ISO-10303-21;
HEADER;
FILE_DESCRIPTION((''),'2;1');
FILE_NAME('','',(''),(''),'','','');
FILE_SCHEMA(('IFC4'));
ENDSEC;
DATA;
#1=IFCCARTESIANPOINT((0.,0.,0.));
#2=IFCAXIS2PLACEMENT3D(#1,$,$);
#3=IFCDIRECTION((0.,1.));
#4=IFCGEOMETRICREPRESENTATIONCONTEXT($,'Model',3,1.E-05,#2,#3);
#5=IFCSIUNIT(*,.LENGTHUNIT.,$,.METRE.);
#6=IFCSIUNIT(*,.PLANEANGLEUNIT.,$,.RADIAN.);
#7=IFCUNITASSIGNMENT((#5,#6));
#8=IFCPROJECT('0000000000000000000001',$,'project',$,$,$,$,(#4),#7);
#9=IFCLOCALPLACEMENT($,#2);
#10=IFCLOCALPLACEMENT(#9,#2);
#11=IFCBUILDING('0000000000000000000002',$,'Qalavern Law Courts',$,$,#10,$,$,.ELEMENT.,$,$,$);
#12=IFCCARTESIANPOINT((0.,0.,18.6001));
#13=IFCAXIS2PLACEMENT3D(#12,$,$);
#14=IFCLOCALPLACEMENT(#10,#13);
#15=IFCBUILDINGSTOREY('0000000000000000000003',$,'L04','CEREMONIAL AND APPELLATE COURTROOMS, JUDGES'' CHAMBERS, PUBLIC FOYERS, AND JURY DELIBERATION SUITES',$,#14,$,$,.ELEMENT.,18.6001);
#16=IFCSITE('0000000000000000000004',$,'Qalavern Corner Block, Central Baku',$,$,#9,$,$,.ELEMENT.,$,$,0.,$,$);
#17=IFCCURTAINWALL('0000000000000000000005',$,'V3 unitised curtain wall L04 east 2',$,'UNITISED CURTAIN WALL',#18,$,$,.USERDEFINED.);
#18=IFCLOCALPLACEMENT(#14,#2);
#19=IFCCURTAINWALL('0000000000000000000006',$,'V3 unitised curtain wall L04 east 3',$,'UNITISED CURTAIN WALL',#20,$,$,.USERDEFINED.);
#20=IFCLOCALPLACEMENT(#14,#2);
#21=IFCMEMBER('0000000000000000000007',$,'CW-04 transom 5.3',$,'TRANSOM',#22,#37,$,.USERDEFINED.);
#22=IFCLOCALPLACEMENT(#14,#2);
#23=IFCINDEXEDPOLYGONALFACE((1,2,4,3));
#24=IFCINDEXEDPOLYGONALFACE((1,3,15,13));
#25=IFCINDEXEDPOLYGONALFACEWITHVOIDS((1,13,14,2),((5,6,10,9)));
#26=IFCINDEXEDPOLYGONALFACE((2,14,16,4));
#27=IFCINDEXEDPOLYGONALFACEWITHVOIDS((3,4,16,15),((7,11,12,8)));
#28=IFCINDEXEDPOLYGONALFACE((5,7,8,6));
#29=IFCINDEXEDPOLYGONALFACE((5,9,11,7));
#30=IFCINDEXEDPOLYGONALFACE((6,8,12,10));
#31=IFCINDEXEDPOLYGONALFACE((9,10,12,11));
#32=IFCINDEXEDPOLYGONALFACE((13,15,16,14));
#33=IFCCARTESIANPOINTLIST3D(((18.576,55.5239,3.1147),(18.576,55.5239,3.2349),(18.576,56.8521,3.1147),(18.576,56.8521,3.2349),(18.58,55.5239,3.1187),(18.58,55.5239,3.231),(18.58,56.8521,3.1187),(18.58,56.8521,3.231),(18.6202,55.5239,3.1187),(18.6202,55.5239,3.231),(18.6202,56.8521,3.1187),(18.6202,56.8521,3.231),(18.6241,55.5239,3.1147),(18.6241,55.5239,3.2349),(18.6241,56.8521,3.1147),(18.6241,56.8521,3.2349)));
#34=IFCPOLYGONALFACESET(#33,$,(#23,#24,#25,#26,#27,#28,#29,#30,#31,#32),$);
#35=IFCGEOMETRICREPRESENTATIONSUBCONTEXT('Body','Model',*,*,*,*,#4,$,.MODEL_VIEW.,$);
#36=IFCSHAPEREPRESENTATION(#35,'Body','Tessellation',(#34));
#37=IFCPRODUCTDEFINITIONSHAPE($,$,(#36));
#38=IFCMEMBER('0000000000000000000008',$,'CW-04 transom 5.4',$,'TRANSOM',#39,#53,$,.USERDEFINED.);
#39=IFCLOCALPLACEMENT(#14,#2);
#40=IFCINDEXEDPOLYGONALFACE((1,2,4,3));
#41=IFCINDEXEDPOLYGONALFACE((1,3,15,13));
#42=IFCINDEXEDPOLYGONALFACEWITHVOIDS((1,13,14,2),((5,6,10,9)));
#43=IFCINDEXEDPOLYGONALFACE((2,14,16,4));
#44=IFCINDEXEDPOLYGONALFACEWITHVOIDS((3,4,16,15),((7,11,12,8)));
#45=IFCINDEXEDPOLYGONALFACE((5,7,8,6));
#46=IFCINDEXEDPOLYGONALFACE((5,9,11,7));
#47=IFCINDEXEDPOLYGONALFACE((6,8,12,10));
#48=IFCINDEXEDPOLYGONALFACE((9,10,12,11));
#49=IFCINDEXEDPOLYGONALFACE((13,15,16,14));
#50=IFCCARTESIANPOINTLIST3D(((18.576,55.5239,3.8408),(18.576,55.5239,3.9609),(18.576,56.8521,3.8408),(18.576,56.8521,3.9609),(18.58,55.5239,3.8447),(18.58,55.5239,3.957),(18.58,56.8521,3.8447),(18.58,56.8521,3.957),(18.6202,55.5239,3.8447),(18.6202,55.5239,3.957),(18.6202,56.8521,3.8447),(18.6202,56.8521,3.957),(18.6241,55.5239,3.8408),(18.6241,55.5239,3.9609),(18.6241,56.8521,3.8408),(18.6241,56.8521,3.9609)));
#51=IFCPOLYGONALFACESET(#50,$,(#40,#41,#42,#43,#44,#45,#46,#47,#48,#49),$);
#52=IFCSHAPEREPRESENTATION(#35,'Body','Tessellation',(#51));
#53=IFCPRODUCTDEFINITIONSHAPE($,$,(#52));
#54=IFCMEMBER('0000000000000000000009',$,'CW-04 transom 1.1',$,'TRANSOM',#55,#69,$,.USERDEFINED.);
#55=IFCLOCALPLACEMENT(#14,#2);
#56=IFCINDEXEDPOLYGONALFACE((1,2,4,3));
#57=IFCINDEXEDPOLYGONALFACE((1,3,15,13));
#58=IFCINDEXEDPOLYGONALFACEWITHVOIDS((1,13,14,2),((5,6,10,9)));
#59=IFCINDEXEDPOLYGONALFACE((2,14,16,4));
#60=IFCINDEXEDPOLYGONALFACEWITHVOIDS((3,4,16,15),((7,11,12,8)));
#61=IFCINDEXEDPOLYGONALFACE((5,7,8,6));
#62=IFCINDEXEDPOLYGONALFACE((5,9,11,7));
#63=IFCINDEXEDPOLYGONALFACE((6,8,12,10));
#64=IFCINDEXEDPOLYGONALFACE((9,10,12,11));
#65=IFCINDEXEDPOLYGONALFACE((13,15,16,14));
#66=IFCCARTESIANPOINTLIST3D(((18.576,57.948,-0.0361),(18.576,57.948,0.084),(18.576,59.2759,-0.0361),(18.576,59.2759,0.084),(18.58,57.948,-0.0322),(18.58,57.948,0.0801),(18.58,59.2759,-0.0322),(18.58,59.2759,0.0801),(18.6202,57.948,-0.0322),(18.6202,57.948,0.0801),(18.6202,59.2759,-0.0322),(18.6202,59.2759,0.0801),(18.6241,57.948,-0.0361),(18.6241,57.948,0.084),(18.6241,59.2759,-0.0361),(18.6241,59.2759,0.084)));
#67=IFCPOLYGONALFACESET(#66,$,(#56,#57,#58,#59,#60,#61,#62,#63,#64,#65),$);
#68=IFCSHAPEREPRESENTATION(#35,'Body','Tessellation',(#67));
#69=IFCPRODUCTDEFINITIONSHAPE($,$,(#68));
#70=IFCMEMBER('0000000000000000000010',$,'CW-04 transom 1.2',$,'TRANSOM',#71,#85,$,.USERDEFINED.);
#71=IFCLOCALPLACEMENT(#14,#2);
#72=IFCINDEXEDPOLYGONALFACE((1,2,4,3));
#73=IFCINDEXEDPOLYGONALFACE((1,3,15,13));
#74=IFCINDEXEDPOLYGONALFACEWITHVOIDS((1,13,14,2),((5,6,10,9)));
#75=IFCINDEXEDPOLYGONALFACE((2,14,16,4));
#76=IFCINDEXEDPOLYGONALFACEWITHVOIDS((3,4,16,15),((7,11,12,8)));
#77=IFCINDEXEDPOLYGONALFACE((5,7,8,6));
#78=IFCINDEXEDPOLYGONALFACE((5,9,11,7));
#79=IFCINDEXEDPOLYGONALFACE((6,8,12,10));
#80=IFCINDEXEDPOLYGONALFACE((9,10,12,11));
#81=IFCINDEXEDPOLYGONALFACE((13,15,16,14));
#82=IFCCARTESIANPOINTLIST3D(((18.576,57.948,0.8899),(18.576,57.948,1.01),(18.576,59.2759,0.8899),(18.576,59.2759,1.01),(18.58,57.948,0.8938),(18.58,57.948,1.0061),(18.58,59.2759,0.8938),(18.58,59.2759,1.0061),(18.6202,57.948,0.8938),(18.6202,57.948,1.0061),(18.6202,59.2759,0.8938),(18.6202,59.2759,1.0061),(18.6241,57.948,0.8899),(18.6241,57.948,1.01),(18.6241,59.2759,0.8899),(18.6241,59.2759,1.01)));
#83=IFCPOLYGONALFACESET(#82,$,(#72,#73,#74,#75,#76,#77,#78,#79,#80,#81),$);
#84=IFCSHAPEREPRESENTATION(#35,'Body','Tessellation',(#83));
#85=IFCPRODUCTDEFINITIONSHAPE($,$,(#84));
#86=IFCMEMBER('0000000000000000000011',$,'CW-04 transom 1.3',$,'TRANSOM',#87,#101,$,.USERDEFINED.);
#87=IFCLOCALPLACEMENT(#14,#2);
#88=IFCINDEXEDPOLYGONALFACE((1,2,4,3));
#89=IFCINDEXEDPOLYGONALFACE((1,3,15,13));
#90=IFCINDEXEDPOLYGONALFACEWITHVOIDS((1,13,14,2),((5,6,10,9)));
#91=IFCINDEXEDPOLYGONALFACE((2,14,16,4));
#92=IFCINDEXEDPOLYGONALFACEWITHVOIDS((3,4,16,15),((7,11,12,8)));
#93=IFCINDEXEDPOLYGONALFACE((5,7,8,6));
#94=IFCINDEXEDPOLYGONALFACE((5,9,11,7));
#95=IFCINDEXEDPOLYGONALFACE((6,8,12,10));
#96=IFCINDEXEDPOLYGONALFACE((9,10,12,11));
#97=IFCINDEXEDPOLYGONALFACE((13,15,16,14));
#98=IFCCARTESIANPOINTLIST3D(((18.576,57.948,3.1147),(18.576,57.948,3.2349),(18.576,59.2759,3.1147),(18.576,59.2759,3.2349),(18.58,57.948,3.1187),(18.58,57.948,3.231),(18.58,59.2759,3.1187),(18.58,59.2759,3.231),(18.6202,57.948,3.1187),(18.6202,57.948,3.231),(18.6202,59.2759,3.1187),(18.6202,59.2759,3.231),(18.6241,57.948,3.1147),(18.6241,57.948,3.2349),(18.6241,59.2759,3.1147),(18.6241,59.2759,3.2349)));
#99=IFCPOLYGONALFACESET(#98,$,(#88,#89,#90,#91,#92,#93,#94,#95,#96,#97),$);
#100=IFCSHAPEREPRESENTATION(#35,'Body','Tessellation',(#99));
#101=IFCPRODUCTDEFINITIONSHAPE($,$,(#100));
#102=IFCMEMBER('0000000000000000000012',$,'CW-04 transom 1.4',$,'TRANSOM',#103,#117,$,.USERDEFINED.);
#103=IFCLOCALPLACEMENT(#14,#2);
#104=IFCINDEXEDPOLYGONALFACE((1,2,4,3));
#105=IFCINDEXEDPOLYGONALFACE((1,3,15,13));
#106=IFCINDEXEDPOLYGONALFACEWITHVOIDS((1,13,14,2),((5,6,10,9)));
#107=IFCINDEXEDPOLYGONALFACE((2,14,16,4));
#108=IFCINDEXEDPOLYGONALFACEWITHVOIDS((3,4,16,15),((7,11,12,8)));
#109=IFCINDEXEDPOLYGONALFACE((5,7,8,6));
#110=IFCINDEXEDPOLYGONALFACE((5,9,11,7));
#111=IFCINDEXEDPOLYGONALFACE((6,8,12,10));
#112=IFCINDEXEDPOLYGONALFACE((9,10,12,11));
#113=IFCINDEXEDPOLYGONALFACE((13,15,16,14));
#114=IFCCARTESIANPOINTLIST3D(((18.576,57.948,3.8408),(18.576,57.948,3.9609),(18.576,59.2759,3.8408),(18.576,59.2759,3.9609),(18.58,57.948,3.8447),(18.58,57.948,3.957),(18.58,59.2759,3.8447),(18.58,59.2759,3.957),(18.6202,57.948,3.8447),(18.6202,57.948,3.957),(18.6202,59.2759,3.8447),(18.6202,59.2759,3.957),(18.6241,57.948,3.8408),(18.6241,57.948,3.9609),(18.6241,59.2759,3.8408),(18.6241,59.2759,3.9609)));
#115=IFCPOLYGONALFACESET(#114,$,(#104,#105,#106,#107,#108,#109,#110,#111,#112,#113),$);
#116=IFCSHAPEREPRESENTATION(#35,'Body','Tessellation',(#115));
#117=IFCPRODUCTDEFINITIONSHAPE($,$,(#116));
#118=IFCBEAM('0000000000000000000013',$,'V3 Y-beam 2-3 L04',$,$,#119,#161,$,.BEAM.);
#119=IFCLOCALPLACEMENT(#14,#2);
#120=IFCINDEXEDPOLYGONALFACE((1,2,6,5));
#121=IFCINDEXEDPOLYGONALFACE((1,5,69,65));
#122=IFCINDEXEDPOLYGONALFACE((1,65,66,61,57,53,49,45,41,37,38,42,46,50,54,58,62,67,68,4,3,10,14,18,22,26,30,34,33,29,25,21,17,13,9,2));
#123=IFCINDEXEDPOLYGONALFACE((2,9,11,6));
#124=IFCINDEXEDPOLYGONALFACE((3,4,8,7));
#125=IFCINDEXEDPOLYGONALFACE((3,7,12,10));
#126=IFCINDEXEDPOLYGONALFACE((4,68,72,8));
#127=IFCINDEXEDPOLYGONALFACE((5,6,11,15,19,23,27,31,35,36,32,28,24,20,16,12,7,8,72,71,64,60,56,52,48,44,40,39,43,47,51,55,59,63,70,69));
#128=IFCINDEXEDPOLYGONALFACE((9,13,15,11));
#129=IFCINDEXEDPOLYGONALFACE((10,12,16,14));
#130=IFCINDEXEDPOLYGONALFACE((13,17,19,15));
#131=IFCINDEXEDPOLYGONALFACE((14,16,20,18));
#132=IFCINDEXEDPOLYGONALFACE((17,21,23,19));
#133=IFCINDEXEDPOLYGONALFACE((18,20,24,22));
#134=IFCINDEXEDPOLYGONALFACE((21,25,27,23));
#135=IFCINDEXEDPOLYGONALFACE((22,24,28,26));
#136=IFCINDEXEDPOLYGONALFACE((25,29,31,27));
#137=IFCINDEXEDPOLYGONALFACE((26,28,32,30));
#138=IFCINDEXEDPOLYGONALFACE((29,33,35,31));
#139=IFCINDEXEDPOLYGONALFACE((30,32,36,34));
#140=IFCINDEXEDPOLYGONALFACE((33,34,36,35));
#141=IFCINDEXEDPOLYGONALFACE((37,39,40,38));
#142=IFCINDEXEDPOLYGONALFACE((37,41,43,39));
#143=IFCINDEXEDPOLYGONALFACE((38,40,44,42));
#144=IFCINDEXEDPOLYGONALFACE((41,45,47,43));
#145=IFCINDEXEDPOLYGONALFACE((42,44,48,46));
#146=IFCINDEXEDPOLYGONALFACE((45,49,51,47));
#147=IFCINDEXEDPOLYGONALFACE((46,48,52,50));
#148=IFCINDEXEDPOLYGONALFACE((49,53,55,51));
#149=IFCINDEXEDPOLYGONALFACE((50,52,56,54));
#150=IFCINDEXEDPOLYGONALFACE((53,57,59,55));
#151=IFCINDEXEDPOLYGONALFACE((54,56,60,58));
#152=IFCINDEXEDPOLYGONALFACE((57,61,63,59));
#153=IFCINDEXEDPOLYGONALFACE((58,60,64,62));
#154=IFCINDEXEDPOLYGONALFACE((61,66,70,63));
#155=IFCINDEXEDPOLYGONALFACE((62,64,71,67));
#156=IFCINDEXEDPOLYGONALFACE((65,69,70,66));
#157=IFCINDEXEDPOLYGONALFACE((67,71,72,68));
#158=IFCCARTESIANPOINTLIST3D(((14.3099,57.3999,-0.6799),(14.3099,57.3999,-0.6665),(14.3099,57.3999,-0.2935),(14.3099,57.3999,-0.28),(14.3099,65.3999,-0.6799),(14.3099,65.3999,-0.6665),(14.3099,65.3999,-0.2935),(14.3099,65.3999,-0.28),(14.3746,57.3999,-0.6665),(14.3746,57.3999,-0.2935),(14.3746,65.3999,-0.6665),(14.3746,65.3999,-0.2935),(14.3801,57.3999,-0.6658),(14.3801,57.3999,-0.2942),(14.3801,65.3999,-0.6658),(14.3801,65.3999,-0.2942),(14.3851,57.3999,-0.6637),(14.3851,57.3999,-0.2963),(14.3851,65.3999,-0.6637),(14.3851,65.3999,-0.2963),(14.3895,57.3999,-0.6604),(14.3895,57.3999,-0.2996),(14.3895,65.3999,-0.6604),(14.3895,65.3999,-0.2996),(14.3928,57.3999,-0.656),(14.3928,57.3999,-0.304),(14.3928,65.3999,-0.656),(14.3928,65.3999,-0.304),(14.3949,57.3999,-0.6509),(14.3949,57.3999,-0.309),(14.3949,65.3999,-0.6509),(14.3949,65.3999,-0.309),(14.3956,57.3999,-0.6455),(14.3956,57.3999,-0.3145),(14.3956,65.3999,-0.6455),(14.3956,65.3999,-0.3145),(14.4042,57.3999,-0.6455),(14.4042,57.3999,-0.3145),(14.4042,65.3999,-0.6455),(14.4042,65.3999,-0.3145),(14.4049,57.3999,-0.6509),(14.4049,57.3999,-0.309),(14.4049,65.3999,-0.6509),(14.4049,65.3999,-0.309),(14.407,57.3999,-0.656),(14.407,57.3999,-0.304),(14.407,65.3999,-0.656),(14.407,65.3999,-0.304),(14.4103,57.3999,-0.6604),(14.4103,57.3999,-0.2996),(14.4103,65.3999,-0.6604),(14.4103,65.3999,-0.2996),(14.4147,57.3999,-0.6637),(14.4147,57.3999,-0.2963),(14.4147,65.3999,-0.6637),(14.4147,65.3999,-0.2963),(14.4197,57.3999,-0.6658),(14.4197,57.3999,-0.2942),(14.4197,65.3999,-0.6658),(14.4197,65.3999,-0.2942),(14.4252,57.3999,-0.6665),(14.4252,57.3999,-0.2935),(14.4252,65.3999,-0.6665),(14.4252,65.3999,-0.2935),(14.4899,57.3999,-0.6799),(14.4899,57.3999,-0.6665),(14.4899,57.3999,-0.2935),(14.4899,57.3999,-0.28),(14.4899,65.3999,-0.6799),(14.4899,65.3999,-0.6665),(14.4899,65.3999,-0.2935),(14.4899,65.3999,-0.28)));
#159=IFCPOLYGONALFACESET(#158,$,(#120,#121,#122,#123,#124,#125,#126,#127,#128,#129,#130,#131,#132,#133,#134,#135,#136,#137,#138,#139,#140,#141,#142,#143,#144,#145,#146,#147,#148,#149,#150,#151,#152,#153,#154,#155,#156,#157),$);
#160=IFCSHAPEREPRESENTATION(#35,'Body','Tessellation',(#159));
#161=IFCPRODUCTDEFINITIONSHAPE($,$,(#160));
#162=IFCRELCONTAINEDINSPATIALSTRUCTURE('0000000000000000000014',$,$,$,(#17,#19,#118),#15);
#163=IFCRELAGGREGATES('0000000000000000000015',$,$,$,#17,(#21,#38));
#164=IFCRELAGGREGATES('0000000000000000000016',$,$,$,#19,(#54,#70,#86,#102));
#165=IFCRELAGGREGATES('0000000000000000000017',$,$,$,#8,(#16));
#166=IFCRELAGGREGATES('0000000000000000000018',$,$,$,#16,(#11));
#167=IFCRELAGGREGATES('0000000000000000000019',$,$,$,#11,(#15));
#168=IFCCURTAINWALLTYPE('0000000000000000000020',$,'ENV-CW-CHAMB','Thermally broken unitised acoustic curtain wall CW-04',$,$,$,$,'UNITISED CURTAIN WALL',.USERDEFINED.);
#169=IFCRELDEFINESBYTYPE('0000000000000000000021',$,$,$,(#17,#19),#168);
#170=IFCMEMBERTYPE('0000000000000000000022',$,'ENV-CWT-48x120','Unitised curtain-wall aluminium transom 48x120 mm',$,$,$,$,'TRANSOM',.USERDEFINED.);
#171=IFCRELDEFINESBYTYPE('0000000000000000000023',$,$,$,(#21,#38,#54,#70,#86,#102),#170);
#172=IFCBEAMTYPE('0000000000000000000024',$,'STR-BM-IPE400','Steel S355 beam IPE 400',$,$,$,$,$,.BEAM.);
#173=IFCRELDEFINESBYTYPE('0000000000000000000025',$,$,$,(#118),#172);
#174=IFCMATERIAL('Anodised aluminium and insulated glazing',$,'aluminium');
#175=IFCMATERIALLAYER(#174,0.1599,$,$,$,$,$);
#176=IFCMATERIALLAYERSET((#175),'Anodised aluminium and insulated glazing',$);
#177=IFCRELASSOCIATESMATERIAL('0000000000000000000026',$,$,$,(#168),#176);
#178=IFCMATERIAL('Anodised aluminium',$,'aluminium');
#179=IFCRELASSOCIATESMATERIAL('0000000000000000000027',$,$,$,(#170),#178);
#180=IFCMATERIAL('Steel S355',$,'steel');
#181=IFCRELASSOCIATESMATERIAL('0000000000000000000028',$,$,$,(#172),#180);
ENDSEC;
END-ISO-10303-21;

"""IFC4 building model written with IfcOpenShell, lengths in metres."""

from ifc_helpers import new_model, si_unit, direction, frame, origin, origin_2d, place, context, subcontext, project, spatial, hollow_rectangle, i_section, extrude, material, layer, layer_set, material_profile, profile_set, type_object, element, aggregate, save


model = new_model("IFC4")

# Units and contexts
model_context = context("Model", 3, precision=1e-05, world=origin(), true_north=direction((0.0, 1.0)))
body_context = subcontext(model_context, "Body", "Model", "MODEL_VIEW")
ifc_project = project(units=[si_unit("LENGTHUNIT", "METRE"), si_unit("PLANEANGLEUNIT", "RADIAN")], contexts=[model_context])

# Site, building, storey
site_placement = place(None, origin())
site = spatial("IfcSite", under=ifc_project, at=site_placement, Name="Qalavern Corner Block, Central Baku", CompositionType="ELEMENT", RefElevation=0.0)
building_placement = place(site_placement, origin())
building = spatial("IfcBuilding", under=site, at=building_placement, Name="Qalavern Law Courts", CompositionType="ELEMENT")
storey_placement = place(building_placement, frame((0.0, 0.0, 18.6001)))
storey = spatial("IfcBuildingStorey", under=building, at=storey_placement, Name="L04", Description="CEREMONIAL AND APPELLATE COURTROOMS, JUDGES' CHAMBERS, PUBLIC FOYERS, AND JURY DELIBERATION SUITES", CompositionType="ELEMENT", Elevation=18.6001)

# Curtain wall
ifc_material_1 = material(Name="Anodised aluminium and insulated glazing", Category="aluminium")
ifc_layer_1 = layer(ifc_material_1, 0.1599)
ifc_layer_set_1 = layer_set([ifc_layer_1], Name="Anodised aluminium and insulated glazing")
curtain_wall_type = type_object("IfcCurtainWallType", Name="ENV-CW-CHAMB", Description="Thermally broken unitised acoustic curtain wall CW-04", ElementType="UNITISED CURTAIN WALL", PredefinedType="USERDEFINED", material=ifc_layer_set_1)
curtain_wall_1_placement = place(storey_placement, origin())
curtain_wall_1 = element("IfcCurtainWall", 1, at=curtain_wall_1_placement, inside=storey, type_object=curtain_wall_type, Name="V3 unitised curtain wall L04 east 2", ObjectType="UNITISED CURTAIN WALL", PredefinedType="USERDEFINED")
ifc_material_2 = material(Name="Anodised aluminium", Category="aluminium")

# Curtain wall
curtain_wall_2_placement = place(storey_placement, origin())
curtain_wall_2 = element("IfcCurtainWall", 2, at=curtain_wall_2_placement, inside=storey, type_object=curtain_wall_type, Name="V3 unitised curtain wall L04 east 3", ObjectType="UNITISED CURTAIN WALL", PredefinedType="USERDEFINED")

# Members
ifc_material_profile_1 = material_profile(ifc_material_2, hollow_rectangle(XDim=0.0481, YDim=0.1201, WallThickness=0.0039, at=origin_2d()), Name="ALU TRANSOM 48x120")
ifc_profile_set_1 = profile_set([ifc_material_profile_1], Name="Anodised aluminium")
member_type_1 = type_object("IfcMemberType", Name="ENV-CWT-48x120", Description="Unitised curtain-wall aluminium transom 48x120 mm", ElementType="TRANSOM", PredefinedType="USERDEFINED", material=ifc_profile_set_1)
member_1_placement = place(storey_placement, frame((18.6001, 55.5239, 3.1748), z_axis=(0.0, 1.0, 0.0), x_axis=(-1.0, 0.0, 0.0)))
member_1 = element("IfcMember", 3, at=member_1_placement, type_object=member_type_1, Name="CW-04 transom 5.3", ObjectType="TRANSOM", PredefinedType="USERDEFINED", context=body_context, shape_type="SweptSolid", body=[
    extrude(hollow_rectangle(XDim=0.0481, YDim=0.1201, WallThickness=0.0039, at=origin_2d()), origin(), (0.0, 0.0, 1.0), 1.3281),
])
member_2_placement = place(storey_placement, frame((18.6001, 55.5239, 3.9009), z_axis=(0.0, 1.0, 0.0), x_axis=(-1.0, 0.0, 0.0)))
member_2 = element("IfcMember", 4, at=member_2_placement, type_object=member_type_1, Name="CW-04 transom 5.4", ObjectType="TRANSOM", PredefinedType="USERDEFINED", context=body_context, shape_type="SweptSolid", body=[
    extrude(hollow_rectangle(XDim=0.0481, YDim=0.1201, WallThickness=0.0039, at=origin_2d()), origin(), (0.0, 0.0, 1.0), 1.3281),
])
member_3_placement = place(storey_placement, frame((18.6001, 57.948, 0.0239), z_axis=(0.0, 1.0, 0.0), x_axis=(-1.0, 0.0, 0.0)))
member_3 = element("IfcMember", 5, at=member_3_placement, type_object=member_type_1, Name="CW-04 transom 1.1", ObjectType="TRANSOM", PredefinedType="USERDEFINED", context=body_context, shape_type="SweptSolid", body=[
    extrude(hollow_rectangle(XDim=0.0481, YDim=0.1201, WallThickness=0.0039, at=origin_2d()), origin(), (0.0, 0.0, 1.0), 1.3279),
])
member_4_placement = place(storey_placement, frame((18.6001, 57.948, 0.95), z_axis=(0.0, 1.0, 0.0), x_axis=(-1.0, 0.0, 0.0)))
member_4 = element("IfcMember", 6, at=member_4_placement, type_object=member_type_1, Name="CW-04 transom 1.2", ObjectType="TRANSOM", PredefinedType="USERDEFINED", context=body_context, shape_type="SweptSolid", body=[
    extrude(hollow_rectangle(XDim=0.0481, YDim=0.1201, WallThickness=0.0039, at=origin_2d()), origin(), (0.0, 0.0, 1.0), 1.3279),
])
member_5_placement = place(storey_placement, frame((18.6001, 57.948, 3.1748), z_axis=(0.0, 1.0, 0.0), x_axis=(-1.0, 0.0, 0.0)))
member_5 = element("IfcMember", 7, at=member_5_placement, type_object=member_type_1, Name="CW-04 transom 1.3", ObjectType="TRANSOM", PredefinedType="USERDEFINED", context=body_context, shape_type="SweptSolid", body=[
    extrude(hollow_rectangle(XDim=0.0481, YDim=0.1201, WallThickness=0.0039, at=origin_2d()), origin(), (0.0, 0.0, 1.0), 1.3279),
])
member_6_placement = place(storey_placement, frame((18.6001, 57.948, 3.9009), z_axis=(0.0, 1.0, 0.0), x_axis=(-1.0, 0.0, 0.0)))
member_6 = element("IfcMember", 8, at=member_6_placement, type_object=member_type_1, Name="CW-04 transom 1.4", ObjectType="TRANSOM", PredefinedType="USERDEFINED", context=body_context, shape_type="SweptSolid", body=[
    extrude(hollow_rectangle(XDim=0.0481, YDim=0.1201, WallThickness=0.0039, at=origin_2d()), origin(), (0.0, 0.0, 1.0), 1.3279),
])

# Beam
ifc_material_3 = material(Name="Steel S355", Category="steel")
ifc_material_profile_2 = material_profile(ifc_material_3, i_section(OverallWidth=0.1799, OverallDepth=0.3999, WebThickness=0.0085, FlangeThickness=0.0134, FilletRadius=0.021, at=origin_2d()), Name="IPE 400")
ifc_profile_set_2 = profile_set([ifc_material_profile_2], Name="Steel S355")
beam_type_1 = type_object("IfcBeamType", Name="STR-BM-IPE400", Description="Steel S355 beam IPE 400", PredefinedType="BEAM", material=ifc_profile_set_2)
beam_1_placement = place(storey_placement, frame((14.3999, 57.3999, -0.48), z_axis=(0.0, 1.0, 0.0), x_axis=(-1.0, 0.0, 0.0)))
element("IfcBeam", 9, at=beam_1_placement, inside=storey, type_object=beam_type_1, Name="V3 Y-beam 2-3 L04", PredefinedType="BEAM", context=body_context, shape_type="SweptSolid", body=[
    extrude(i_section(OverallWidth=0.1799, OverallDepth=0.3999, WebThickness=0.0085, FlangeThickness=0.0134, FilletRadius=0.021, at=origin_2d()), origin(), (0.0, 0.0, 1.0), 8.0),
])

aggregate(curtain_wall_1, [member_1, member_2])
aggregate(curtain_wall_2, [member_3, member_4, member_5, member_6])

save(model, "model.ifc")
